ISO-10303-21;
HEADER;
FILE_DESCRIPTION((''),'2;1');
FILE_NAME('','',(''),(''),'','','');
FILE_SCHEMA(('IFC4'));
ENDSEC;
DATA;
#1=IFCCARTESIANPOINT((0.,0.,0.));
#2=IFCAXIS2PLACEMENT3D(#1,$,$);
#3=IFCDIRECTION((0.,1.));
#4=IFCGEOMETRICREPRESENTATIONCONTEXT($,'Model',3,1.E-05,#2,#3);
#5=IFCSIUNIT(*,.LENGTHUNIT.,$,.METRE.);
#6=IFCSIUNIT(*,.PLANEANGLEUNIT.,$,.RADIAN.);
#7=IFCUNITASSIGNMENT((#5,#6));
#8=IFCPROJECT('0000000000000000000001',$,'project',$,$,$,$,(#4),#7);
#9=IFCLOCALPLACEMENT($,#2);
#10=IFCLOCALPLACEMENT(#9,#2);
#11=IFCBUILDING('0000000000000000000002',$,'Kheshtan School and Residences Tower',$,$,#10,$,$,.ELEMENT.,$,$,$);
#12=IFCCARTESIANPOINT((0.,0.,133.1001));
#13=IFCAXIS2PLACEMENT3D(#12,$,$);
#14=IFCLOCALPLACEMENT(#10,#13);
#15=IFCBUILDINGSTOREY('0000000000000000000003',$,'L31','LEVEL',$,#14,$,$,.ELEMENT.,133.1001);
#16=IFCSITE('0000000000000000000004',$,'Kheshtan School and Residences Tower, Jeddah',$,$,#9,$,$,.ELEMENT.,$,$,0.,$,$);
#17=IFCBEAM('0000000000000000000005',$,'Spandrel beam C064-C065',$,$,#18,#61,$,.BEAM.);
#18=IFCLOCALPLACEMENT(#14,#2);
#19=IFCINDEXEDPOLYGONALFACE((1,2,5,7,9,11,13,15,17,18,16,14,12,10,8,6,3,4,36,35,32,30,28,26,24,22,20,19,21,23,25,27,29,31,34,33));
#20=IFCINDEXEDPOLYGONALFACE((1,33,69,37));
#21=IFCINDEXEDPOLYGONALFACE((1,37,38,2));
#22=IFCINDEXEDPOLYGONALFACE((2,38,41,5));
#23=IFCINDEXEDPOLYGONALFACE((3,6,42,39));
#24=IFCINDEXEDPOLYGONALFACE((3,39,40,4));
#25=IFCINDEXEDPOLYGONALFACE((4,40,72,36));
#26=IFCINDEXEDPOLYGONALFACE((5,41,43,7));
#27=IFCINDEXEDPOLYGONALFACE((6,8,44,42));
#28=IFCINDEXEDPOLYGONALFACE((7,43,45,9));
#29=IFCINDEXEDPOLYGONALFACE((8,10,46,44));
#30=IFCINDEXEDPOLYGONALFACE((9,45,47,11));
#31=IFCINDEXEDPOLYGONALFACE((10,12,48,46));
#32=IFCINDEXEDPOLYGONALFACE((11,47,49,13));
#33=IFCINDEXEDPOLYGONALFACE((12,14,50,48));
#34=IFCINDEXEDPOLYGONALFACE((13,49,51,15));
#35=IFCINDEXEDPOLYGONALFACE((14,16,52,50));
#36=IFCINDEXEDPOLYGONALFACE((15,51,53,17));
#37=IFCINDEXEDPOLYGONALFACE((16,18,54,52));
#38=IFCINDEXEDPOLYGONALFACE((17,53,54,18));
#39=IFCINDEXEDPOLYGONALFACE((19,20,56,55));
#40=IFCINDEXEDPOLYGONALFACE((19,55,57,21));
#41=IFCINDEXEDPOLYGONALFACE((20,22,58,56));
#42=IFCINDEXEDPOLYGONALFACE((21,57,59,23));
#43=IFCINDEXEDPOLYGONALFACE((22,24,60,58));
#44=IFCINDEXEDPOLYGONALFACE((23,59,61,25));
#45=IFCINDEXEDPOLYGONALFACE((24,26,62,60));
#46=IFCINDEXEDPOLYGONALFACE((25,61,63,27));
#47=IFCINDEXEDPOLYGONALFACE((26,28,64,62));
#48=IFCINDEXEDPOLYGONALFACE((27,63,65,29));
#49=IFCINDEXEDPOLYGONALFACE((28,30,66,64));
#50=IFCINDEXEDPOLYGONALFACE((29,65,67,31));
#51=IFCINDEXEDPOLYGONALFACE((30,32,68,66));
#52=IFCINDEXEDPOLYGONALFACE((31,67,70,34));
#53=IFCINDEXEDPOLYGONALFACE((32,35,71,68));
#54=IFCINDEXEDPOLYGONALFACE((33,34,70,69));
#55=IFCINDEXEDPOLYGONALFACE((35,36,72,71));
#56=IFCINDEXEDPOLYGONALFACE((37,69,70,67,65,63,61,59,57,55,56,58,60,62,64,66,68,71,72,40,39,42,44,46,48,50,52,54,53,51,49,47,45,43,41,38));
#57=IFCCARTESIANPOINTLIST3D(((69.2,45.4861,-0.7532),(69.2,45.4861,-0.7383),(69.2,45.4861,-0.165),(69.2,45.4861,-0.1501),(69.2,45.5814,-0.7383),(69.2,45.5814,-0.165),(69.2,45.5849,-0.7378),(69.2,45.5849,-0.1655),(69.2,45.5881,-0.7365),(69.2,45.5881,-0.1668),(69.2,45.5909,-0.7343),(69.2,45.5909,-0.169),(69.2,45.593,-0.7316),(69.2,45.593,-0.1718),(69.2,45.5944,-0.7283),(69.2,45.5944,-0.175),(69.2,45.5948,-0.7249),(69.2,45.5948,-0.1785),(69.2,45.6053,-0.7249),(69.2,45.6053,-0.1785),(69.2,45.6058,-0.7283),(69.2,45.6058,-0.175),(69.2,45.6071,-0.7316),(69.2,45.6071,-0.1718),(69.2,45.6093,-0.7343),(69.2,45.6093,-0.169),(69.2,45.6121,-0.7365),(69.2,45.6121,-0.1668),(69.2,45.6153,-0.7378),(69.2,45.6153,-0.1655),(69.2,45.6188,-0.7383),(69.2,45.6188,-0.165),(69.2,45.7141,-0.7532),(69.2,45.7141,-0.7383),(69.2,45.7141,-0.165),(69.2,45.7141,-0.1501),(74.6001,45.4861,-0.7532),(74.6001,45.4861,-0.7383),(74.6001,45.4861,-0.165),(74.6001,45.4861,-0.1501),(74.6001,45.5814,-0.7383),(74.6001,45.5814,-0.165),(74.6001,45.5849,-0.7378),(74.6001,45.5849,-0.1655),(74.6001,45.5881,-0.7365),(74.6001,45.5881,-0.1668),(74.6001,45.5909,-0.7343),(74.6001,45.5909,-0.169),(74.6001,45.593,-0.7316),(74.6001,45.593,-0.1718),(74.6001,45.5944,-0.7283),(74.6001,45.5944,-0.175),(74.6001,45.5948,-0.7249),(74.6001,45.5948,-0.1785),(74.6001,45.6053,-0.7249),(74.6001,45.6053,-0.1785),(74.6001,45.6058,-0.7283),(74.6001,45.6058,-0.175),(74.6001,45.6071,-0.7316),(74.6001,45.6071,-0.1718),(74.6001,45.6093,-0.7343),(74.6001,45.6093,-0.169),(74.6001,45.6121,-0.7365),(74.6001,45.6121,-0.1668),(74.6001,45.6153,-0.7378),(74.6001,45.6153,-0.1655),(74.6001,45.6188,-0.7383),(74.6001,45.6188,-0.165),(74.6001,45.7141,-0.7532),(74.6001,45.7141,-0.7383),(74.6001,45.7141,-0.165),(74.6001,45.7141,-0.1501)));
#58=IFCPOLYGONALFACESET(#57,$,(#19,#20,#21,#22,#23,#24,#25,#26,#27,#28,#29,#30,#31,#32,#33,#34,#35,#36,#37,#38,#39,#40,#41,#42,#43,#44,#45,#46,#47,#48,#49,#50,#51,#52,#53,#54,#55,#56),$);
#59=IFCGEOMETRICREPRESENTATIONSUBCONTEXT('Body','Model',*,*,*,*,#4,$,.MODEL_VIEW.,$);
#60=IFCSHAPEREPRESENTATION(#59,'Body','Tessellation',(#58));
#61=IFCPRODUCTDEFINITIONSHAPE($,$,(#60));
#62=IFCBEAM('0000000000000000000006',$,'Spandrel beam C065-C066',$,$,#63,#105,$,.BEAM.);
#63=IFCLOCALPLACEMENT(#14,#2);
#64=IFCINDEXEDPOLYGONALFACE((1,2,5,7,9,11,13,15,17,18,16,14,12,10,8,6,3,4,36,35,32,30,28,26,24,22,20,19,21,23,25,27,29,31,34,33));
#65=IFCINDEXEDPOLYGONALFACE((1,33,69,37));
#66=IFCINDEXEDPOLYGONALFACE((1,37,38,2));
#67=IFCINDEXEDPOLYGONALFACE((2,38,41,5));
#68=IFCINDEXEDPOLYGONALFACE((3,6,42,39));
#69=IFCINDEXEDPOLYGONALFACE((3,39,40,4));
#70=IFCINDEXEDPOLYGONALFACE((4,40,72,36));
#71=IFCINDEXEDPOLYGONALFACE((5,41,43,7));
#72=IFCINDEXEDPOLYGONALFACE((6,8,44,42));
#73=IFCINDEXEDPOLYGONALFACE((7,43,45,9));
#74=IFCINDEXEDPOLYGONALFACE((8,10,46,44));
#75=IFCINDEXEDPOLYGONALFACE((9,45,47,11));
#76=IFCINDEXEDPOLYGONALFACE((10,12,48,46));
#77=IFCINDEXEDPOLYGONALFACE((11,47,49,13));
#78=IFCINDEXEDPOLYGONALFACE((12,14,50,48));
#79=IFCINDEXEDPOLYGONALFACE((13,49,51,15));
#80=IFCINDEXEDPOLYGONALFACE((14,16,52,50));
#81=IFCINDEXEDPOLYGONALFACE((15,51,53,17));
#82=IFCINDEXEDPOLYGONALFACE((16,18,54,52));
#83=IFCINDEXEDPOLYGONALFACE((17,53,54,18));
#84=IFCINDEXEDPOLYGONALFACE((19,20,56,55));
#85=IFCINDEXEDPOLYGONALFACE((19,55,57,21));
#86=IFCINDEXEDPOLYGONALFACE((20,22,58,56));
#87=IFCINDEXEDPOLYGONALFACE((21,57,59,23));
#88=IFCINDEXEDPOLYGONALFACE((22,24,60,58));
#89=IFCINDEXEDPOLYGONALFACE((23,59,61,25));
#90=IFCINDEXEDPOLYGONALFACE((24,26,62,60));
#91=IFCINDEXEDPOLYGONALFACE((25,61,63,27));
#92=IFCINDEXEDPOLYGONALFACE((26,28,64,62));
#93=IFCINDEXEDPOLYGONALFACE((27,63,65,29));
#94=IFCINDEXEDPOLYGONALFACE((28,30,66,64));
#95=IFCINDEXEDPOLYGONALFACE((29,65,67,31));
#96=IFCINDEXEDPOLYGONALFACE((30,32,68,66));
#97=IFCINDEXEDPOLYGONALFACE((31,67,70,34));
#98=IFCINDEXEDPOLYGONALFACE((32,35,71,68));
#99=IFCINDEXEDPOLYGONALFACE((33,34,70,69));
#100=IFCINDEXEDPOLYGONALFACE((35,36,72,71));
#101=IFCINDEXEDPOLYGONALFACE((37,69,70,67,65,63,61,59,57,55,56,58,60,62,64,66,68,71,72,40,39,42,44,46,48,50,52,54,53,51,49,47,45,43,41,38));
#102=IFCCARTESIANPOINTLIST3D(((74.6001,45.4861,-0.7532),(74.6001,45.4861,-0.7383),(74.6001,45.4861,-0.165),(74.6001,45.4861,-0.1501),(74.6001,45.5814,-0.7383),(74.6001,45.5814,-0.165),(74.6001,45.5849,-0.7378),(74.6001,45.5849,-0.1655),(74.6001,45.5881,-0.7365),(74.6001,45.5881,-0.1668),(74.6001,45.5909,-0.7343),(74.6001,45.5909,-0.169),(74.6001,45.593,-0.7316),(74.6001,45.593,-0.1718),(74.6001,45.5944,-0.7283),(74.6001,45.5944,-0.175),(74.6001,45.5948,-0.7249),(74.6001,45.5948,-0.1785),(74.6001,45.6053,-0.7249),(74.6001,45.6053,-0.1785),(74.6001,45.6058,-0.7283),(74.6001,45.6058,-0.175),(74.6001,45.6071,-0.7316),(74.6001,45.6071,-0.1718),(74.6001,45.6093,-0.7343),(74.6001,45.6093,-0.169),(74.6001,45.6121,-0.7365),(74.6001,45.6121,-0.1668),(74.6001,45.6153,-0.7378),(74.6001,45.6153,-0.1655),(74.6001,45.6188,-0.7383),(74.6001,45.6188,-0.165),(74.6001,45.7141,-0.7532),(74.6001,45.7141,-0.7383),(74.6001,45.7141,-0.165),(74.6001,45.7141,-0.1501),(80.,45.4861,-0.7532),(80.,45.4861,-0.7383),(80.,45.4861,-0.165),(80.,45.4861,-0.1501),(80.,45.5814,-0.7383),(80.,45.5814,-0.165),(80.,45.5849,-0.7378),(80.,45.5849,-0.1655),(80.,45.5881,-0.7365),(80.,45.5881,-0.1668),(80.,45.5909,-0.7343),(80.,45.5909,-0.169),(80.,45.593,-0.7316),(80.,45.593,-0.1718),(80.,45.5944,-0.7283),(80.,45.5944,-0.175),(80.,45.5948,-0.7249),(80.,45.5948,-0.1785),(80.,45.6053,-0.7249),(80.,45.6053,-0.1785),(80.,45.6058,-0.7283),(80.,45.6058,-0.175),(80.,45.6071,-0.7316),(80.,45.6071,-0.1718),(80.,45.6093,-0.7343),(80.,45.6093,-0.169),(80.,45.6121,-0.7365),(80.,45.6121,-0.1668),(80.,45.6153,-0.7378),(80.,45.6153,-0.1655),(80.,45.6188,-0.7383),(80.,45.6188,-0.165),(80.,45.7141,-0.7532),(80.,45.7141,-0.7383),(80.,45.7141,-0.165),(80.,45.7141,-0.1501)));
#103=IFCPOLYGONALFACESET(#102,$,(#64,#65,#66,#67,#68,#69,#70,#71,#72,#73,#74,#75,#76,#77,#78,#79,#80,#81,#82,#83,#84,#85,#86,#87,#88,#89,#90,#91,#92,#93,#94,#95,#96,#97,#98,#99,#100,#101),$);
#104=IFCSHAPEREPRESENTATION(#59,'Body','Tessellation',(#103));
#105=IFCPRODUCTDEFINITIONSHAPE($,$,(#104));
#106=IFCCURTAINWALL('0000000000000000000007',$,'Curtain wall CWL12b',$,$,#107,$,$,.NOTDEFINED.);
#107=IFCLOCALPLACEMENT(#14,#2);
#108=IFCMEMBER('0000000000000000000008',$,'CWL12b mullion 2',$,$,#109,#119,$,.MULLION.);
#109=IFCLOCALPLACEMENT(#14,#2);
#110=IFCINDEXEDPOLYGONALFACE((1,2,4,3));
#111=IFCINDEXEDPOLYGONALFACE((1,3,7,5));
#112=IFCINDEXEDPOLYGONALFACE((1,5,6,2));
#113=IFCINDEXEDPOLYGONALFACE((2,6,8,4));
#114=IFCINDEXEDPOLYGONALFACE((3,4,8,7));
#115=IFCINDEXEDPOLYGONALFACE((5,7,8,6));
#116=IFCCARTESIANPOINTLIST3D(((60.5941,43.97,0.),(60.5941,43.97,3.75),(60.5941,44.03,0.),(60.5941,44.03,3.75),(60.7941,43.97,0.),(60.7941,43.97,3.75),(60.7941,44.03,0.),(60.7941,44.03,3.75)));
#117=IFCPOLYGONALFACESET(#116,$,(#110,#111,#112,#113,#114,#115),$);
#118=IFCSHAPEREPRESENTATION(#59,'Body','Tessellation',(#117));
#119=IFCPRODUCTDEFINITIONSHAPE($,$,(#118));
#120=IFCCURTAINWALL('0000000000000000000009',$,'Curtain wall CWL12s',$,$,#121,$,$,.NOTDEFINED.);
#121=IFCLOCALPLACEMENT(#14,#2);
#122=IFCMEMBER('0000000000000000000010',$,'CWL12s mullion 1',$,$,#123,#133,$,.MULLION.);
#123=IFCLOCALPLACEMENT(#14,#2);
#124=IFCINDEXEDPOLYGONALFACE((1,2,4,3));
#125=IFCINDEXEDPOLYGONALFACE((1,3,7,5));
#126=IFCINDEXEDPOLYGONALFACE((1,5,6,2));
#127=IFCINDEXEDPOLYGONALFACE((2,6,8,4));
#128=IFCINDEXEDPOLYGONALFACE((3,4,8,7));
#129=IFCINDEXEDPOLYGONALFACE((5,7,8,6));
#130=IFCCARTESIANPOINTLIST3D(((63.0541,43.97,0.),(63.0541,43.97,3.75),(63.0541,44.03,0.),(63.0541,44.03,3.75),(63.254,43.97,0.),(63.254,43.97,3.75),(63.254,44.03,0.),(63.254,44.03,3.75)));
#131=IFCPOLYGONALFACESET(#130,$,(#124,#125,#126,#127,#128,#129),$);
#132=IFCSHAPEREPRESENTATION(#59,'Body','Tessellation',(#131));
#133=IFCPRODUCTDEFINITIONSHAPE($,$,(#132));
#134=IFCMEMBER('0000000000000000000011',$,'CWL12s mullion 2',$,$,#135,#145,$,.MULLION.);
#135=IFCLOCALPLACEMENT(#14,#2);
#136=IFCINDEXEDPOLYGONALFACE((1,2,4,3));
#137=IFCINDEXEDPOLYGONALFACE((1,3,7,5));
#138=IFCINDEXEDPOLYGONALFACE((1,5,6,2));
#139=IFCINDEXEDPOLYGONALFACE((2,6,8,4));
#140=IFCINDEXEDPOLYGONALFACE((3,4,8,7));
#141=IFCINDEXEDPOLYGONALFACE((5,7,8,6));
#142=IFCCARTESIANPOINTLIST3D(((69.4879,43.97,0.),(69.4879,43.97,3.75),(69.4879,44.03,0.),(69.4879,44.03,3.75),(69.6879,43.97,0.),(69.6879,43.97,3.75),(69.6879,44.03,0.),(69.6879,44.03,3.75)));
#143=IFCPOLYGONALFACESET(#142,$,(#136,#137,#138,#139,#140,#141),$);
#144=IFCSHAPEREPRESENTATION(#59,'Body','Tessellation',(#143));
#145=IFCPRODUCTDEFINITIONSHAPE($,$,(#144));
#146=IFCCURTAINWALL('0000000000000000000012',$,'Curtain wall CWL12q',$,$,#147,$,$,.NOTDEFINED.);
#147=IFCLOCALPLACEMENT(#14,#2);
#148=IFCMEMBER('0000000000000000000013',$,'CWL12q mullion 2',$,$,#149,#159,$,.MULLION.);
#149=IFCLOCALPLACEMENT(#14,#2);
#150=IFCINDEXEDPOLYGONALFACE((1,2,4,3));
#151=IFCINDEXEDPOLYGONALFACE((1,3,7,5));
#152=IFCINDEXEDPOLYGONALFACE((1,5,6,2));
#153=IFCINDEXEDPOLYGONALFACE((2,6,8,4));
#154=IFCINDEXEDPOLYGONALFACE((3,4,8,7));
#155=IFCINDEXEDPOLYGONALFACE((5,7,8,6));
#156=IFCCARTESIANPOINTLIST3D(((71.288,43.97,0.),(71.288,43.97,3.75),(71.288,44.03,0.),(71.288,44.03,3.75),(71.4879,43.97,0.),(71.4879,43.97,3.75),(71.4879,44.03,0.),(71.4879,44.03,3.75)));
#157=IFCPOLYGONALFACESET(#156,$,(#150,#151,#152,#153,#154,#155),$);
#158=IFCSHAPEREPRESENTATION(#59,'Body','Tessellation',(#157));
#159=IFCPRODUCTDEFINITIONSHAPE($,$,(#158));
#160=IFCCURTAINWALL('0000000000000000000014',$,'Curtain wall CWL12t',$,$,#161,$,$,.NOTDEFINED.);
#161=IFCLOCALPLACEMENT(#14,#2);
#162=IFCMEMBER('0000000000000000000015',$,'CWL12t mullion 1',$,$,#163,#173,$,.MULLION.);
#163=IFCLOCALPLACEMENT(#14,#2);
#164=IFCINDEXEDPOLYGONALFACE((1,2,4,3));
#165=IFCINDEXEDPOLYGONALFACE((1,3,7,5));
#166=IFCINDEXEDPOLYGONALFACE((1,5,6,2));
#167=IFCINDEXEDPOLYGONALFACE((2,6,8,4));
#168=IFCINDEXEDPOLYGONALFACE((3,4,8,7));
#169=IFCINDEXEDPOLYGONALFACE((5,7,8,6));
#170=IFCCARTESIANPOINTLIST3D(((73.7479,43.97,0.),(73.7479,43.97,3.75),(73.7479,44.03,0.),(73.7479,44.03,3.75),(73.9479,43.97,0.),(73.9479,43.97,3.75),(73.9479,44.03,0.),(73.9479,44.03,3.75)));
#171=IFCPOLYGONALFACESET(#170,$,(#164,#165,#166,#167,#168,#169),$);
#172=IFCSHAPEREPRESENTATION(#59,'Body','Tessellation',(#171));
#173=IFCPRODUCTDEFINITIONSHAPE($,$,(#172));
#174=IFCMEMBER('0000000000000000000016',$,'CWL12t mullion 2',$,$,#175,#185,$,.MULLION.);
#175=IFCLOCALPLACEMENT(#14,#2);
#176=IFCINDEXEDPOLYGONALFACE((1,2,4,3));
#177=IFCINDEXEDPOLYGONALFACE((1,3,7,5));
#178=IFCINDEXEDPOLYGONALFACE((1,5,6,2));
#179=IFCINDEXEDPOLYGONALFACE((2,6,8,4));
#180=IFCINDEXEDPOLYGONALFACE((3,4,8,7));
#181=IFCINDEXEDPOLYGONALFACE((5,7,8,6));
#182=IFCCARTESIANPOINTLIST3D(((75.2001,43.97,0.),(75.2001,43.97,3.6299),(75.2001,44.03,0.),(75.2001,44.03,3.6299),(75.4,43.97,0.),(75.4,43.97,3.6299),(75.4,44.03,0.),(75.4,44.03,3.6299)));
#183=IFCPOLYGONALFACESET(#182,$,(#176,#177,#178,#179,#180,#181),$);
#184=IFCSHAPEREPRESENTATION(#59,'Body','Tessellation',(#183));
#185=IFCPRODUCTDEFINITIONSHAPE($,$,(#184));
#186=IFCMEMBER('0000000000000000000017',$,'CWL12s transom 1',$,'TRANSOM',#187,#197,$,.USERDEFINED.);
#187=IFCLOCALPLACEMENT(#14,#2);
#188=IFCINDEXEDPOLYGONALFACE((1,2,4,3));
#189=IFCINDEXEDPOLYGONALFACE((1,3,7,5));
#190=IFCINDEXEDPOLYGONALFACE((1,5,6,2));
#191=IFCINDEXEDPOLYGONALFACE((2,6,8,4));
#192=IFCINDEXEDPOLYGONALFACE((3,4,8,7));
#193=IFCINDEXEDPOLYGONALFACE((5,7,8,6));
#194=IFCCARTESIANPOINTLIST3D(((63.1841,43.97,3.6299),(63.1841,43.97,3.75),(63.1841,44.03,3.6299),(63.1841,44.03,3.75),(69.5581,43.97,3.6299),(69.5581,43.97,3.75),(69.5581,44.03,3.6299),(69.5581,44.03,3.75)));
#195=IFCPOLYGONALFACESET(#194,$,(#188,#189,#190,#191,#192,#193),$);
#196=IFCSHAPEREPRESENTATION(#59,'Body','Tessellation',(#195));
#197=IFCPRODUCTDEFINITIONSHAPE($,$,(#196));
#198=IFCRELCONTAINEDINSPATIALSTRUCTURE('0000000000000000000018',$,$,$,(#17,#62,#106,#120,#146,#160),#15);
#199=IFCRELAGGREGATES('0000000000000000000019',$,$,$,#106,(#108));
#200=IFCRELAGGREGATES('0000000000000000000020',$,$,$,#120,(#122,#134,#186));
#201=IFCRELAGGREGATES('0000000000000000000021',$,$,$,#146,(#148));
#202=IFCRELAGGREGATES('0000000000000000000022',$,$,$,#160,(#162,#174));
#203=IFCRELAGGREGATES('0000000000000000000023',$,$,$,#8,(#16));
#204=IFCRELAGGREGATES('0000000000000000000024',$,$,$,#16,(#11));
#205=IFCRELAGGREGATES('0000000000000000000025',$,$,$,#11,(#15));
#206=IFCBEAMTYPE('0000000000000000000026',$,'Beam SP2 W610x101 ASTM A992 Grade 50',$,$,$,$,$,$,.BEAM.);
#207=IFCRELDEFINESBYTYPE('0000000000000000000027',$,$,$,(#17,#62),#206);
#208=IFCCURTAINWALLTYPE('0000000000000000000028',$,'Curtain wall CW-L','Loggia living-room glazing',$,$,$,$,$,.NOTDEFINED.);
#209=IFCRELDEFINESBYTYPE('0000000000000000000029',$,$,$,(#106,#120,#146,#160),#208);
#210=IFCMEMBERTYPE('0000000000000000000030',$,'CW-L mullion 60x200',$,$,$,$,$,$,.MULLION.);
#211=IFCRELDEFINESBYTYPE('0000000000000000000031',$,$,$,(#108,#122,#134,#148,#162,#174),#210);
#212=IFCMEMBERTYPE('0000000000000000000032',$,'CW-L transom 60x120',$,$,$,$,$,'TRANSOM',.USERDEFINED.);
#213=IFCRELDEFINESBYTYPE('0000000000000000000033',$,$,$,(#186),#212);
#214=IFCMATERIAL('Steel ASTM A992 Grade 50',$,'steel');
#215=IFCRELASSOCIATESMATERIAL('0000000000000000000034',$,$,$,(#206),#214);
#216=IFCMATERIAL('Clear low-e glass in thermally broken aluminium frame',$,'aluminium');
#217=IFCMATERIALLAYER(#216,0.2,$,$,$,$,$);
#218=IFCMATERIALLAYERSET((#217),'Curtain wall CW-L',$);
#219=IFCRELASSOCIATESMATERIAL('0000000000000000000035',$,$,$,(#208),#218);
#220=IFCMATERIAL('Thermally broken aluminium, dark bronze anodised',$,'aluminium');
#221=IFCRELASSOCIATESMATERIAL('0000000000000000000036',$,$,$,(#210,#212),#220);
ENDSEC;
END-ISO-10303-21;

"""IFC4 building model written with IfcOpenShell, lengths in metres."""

from ifc_helpers import new_model, si_unit, direction, frame, origin, origin_2d, place, context, subcontext, project, spatial, rectangle, i_section, extrude, material, layer, layer_set, material_profile, profile_set, type_object, element, aggregate, save


model = new_model("IFC4")

# Units and contexts
model_context = context("Model", 3, precision=1e-05, world=origin(), true_north=direction((0.0, 1.0)))
body_context = subcontext(model_context, "Body", "Model", "MODEL_VIEW")
ifc_project = project(units=[si_unit("LENGTHUNIT", "METRE"), si_unit("PLANEANGLEUNIT", "RADIAN")], contexts=[model_context])

# Site, building, storey
site_placement = place(None, origin())
site = spatial("IfcSite", under=ifc_project, at=site_placement, Name="Kheshtan School and Residences Tower, Jeddah", CompositionType="ELEMENT", RefElevation=0.0)
building_placement = place(site_placement, origin())
building = spatial("IfcBuilding", under=site, at=building_placement, Name="Kheshtan School and Residences Tower", CompositionType="ELEMENT")
storey_placement = place(building_placement, frame((0.0, 0.0, 133.1001)))
storey = spatial("IfcBuildingStorey", under=building, at=storey_placement, Name="L31", Description="LEVEL", CompositionType="ELEMENT", Elevation=133.1001)

# Shared definitions
ifc_material_1 = material(Name="Steel ASTM A992 Grade 50", Category="steel")

# Beams
ifc_material_profile_1 = material_profile(ifc_material_1, i_section(OverallWidth=0.228, OverallDepth=0.603, WebThickness=0.0105, FlangeThickness=0.0149, FilletRadius=0.0134, at=origin_2d()), Name="W610x101")
ifc_profile_set_1 = profile_set([ifc_material_profile_1], Name="Steel ASTM A992 Grade 50")
beam_type_1 = type_object("IfcBeamType", Name="Beam SP2 W610x101 ASTM A992 Grade 50", PredefinedType="BEAM", material=ifc_profile_set_1)
beam_1_placement = place(storey_placement, frame((69.2, 45.6001, -0.4517), z_axis=(1.0, 0.0, 0.0), x_axis=(0.0, 1.0, 0.0)))
element("IfcBeam", 1, at=beam_1_placement, inside=storey, type_object=beam_type_1, Name="Spandrel beam C064-C065", PredefinedType="BEAM", context=body_context, shape_type="SweptSolid", body=[
    extrude(i_section(OverallWidth=0.228, OverallDepth=0.603, WebThickness=0.0105, FlangeThickness=0.0149, FilletRadius=0.0134, at=origin_2d()), origin(), (0.0, 0.0, 1.0), 5.4001),
])
beam_2_placement = place(storey_placement, frame((74.6001, 45.6001, -0.4517), z_axis=(1.0, 0.0, 0.0), x_axis=(0.0, 1.0, 0.0)))
element("IfcBeam", 2, at=beam_2_placement, inside=storey, type_object=beam_type_1, Name="Spandrel beam C065-C066", PredefinedType="BEAM", context=body_context, shape_type="SweptSolid", body=[
    extrude(i_section(OverallWidth=0.228, OverallDepth=0.603, WebThickness=0.0105, FlangeThickness=0.0149, FilletRadius=0.0134, at=origin_2d()), origin(), (0.0, 0.0, 1.0), 5.3999),
])

# Curtain wall, member
ifc_material_2 = material(Name="Clear low-e glass in thermally broken aluminium frame", Category="aluminium")
ifc_layer_1 = layer(ifc_material_2, 0.2)
ifc_layer_set_1 = layer_set([ifc_layer_1], Name="Curtain wall CW-L")
curtain_wall_type = type_object("IfcCurtainWallType", Name="Curtain wall CW-L", Description="Loggia living-room glazing", PredefinedType="NOTDEFINED", material=ifc_layer_set_1)
curtain_wall_1_placement = place(storey_placement, origin())
curtain_wall_1 = element("IfcCurtainWall", 3, at=curtain_wall_1_placement, inside=storey, type_object=curtain_wall_type, Name="Curtain wall CWL12b", PredefinedType="NOTDEFINED")
ifc_material_3 = material(Name="Thermally broken aluminium, dark bronze anodised", Category="aluminium")
ifc_material_profile_2 = material_profile(ifc_material_3, rectangle(XDim=0.0601, YDim=0.2, at=origin_2d()), Name="CW-L mullion 60x200")
ifc_profile_set_2 = profile_set([ifc_material_profile_2], Name="Thermally broken aluminium, dark bronze anodised")
member_type_1 = type_object("IfcMemberType", Name="CW-L mullion 60x200", PredefinedType="MULLION", material=ifc_profile_set_2)
member_1_placement = place(storey_placement, frame((60.6941, 44.0, 0.0), z_axis=(0.0, 0.0, 1.0), x_axis=(0.0, 1.0, 0.0)))
member_1 = element("IfcMember", 4, at=member_1_placement, type_object=member_type_1, Name="CWL12b mullion 2", PredefinedType="MULLION", context=body_context, shape_type="SweptSolid", body=[
    extrude(rectangle(XDim=0.0601, YDim=0.2, at=origin_2d()), origin(), (0.0, 0.0, 1.0), 3.75),
])
aggregate(curtain_wall_1, [member_1])

# Curtain wall, members
curtain_wall_2_placement = place(storey_placement, origin())
curtain_wall_2 = element("IfcCurtainWall", 5, at=curtain_wall_2_placement, inside=storey, type_object=curtain_wall_type, Name="Curtain wall CWL12s", PredefinedType="NOTDEFINED")
member_2_placement = place(storey_placement, frame((63.1541, 44.0, 0.0), z_axis=(0.0, 0.0, 1.0), x_axis=(0.0, 1.0, 0.0)))
member_2 = element("IfcMember", 6, at=member_2_placement, type_object=member_type_1, Name="CWL12s mullion 1", PredefinedType="MULLION", context=body_context, shape_type="SweptSolid", body=[
    extrude(rectangle(XDim=0.0601, YDim=0.2, at=origin_2d()), origin(), (0.0, 0.0, 1.0), 3.75),
])
member_3_placement = place(storey_placement, frame((69.5879, 44.0, 0.0), z_axis=(0.0, 0.0, 1.0), x_axis=(0.0, 1.0, 0.0)))
member_3 = element("IfcMember", 7, at=member_3_placement, type_object=member_type_1, Name="CWL12s mullion 2", PredefinedType="MULLION", context=body_context, shape_type="SweptSolid", body=[
    extrude(rectangle(XDim=0.0601, YDim=0.2, at=origin_2d()), origin(), (0.0, 0.0, 1.0), 3.75),
])

# Curtain wall, member
curtain_wall_3_placement = place(storey_placement, origin())
curtain_wall_3 = element("IfcCurtainWall", 8, at=curtain_wall_3_placement, inside=storey, type_object=curtain_wall_type, Name="Curtain wall CWL12q", PredefinedType="NOTDEFINED")
member_4_placement = place(storey_placement, frame((71.3879, 44.0, 0.0), z_axis=(0.0, 0.0, 1.0), x_axis=(0.0, 1.0, 0.0)))
member_4 = element("IfcMember", 9, at=member_4_placement, type_object=member_type_1, Name="CWL12q mullion 2", PredefinedType="MULLION", context=body_context, shape_type="SweptSolid", body=[
    extrude(rectangle(XDim=0.0601, YDim=0.2, at=origin_2d()), origin(), (0.0, 0.0, 1.0), 3.75),
])

# Curtain wall, members
curtain_wall_4_placement = place(storey_placement, origin())
curtain_wall_4 = element("IfcCurtainWall", 10, at=curtain_wall_4_placement, inside=storey, type_object=curtain_wall_type, Name="Curtain wall CWL12t", PredefinedType="NOTDEFINED")
member_5_placement = place(storey_placement, frame((73.8479, 44.0, 0.0), z_axis=(0.0, 0.0, 1.0), x_axis=(0.0, 1.0, 0.0)))
member_5 = element("IfcMember", 11, at=member_5_placement, type_object=member_type_1, Name="CWL12t mullion 1", PredefinedType="MULLION", context=body_context, shape_type="SweptSolid", body=[
    extrude(rectangle(XDim=0.0601, YDim=0.2, at=origin_2d()), origin(), (0.0, 0.0, 1.0), 3.75),
])
member_6_placement = place(storey_placement, frame((75.3, 44.0, 0.0), z_axis=(0.0, 0.0, 1.0), x_axis=(0.0, 1.0, 0.0)))
member_6 = element("IfcMember", 12, at=member_6_placement, type_object=member_type_1, Name="CWL12t mullion 2", PredefinedType="MULLION", context=body_context, shape_type="SweptSolid", body=[
    extrude(rectangle(XDim=0.0601, YDim=0.2, at=origin_2d()), origin(), (0.0, 0.0, 1.0), 3.6299),
])

# Member
ifc_material_profile_3 = material_profile(ifc_material_3, rectangle(XDim=0.0601, YDim=0.1201, at=origin_2d()), Name="CW-L transom 60x120")
ifc_profile_set_3 = profile_set([ifc_material_profile_3], Name="Thermally broken aluminium, dark bronze anodised")
member_type_2 = type_object("IfcMemberType", Name="CW-L transom 60x120", ElementType="TRANSOM", PredefinedType="USERDEFINED", material=ifc_profile_set_3)
member_7_placement = place(storey_placement, frame((63.1841, 44.0, 3.6899), z_axis=(1.0, 0.0, 0.0), x_axis=(0.0, 1.0, 0.0)))
member_7 = element("IfcMember", 13, at=member_7_placement, type_object=member_type_2, Name="CWL12s transom 1", ObjectType="TRANSOM", PredefinedType="USERDEFINED", context=body_context, shape_type="SweptSolid", body=[
    extrude(rectangle(XDim=0.0601, YDim=0.1201, at=origin_2d()), origin(), (0.0, 0.0, 1.0), 6.374),
])

aggregate(curtain_wall_2, [member_2, member_3, member_7])
aggregate(curtain_wall_3, [member_4])
aggregate(curtain_wall_4, [member_5, member_6])

save(model, "model.ifc")
